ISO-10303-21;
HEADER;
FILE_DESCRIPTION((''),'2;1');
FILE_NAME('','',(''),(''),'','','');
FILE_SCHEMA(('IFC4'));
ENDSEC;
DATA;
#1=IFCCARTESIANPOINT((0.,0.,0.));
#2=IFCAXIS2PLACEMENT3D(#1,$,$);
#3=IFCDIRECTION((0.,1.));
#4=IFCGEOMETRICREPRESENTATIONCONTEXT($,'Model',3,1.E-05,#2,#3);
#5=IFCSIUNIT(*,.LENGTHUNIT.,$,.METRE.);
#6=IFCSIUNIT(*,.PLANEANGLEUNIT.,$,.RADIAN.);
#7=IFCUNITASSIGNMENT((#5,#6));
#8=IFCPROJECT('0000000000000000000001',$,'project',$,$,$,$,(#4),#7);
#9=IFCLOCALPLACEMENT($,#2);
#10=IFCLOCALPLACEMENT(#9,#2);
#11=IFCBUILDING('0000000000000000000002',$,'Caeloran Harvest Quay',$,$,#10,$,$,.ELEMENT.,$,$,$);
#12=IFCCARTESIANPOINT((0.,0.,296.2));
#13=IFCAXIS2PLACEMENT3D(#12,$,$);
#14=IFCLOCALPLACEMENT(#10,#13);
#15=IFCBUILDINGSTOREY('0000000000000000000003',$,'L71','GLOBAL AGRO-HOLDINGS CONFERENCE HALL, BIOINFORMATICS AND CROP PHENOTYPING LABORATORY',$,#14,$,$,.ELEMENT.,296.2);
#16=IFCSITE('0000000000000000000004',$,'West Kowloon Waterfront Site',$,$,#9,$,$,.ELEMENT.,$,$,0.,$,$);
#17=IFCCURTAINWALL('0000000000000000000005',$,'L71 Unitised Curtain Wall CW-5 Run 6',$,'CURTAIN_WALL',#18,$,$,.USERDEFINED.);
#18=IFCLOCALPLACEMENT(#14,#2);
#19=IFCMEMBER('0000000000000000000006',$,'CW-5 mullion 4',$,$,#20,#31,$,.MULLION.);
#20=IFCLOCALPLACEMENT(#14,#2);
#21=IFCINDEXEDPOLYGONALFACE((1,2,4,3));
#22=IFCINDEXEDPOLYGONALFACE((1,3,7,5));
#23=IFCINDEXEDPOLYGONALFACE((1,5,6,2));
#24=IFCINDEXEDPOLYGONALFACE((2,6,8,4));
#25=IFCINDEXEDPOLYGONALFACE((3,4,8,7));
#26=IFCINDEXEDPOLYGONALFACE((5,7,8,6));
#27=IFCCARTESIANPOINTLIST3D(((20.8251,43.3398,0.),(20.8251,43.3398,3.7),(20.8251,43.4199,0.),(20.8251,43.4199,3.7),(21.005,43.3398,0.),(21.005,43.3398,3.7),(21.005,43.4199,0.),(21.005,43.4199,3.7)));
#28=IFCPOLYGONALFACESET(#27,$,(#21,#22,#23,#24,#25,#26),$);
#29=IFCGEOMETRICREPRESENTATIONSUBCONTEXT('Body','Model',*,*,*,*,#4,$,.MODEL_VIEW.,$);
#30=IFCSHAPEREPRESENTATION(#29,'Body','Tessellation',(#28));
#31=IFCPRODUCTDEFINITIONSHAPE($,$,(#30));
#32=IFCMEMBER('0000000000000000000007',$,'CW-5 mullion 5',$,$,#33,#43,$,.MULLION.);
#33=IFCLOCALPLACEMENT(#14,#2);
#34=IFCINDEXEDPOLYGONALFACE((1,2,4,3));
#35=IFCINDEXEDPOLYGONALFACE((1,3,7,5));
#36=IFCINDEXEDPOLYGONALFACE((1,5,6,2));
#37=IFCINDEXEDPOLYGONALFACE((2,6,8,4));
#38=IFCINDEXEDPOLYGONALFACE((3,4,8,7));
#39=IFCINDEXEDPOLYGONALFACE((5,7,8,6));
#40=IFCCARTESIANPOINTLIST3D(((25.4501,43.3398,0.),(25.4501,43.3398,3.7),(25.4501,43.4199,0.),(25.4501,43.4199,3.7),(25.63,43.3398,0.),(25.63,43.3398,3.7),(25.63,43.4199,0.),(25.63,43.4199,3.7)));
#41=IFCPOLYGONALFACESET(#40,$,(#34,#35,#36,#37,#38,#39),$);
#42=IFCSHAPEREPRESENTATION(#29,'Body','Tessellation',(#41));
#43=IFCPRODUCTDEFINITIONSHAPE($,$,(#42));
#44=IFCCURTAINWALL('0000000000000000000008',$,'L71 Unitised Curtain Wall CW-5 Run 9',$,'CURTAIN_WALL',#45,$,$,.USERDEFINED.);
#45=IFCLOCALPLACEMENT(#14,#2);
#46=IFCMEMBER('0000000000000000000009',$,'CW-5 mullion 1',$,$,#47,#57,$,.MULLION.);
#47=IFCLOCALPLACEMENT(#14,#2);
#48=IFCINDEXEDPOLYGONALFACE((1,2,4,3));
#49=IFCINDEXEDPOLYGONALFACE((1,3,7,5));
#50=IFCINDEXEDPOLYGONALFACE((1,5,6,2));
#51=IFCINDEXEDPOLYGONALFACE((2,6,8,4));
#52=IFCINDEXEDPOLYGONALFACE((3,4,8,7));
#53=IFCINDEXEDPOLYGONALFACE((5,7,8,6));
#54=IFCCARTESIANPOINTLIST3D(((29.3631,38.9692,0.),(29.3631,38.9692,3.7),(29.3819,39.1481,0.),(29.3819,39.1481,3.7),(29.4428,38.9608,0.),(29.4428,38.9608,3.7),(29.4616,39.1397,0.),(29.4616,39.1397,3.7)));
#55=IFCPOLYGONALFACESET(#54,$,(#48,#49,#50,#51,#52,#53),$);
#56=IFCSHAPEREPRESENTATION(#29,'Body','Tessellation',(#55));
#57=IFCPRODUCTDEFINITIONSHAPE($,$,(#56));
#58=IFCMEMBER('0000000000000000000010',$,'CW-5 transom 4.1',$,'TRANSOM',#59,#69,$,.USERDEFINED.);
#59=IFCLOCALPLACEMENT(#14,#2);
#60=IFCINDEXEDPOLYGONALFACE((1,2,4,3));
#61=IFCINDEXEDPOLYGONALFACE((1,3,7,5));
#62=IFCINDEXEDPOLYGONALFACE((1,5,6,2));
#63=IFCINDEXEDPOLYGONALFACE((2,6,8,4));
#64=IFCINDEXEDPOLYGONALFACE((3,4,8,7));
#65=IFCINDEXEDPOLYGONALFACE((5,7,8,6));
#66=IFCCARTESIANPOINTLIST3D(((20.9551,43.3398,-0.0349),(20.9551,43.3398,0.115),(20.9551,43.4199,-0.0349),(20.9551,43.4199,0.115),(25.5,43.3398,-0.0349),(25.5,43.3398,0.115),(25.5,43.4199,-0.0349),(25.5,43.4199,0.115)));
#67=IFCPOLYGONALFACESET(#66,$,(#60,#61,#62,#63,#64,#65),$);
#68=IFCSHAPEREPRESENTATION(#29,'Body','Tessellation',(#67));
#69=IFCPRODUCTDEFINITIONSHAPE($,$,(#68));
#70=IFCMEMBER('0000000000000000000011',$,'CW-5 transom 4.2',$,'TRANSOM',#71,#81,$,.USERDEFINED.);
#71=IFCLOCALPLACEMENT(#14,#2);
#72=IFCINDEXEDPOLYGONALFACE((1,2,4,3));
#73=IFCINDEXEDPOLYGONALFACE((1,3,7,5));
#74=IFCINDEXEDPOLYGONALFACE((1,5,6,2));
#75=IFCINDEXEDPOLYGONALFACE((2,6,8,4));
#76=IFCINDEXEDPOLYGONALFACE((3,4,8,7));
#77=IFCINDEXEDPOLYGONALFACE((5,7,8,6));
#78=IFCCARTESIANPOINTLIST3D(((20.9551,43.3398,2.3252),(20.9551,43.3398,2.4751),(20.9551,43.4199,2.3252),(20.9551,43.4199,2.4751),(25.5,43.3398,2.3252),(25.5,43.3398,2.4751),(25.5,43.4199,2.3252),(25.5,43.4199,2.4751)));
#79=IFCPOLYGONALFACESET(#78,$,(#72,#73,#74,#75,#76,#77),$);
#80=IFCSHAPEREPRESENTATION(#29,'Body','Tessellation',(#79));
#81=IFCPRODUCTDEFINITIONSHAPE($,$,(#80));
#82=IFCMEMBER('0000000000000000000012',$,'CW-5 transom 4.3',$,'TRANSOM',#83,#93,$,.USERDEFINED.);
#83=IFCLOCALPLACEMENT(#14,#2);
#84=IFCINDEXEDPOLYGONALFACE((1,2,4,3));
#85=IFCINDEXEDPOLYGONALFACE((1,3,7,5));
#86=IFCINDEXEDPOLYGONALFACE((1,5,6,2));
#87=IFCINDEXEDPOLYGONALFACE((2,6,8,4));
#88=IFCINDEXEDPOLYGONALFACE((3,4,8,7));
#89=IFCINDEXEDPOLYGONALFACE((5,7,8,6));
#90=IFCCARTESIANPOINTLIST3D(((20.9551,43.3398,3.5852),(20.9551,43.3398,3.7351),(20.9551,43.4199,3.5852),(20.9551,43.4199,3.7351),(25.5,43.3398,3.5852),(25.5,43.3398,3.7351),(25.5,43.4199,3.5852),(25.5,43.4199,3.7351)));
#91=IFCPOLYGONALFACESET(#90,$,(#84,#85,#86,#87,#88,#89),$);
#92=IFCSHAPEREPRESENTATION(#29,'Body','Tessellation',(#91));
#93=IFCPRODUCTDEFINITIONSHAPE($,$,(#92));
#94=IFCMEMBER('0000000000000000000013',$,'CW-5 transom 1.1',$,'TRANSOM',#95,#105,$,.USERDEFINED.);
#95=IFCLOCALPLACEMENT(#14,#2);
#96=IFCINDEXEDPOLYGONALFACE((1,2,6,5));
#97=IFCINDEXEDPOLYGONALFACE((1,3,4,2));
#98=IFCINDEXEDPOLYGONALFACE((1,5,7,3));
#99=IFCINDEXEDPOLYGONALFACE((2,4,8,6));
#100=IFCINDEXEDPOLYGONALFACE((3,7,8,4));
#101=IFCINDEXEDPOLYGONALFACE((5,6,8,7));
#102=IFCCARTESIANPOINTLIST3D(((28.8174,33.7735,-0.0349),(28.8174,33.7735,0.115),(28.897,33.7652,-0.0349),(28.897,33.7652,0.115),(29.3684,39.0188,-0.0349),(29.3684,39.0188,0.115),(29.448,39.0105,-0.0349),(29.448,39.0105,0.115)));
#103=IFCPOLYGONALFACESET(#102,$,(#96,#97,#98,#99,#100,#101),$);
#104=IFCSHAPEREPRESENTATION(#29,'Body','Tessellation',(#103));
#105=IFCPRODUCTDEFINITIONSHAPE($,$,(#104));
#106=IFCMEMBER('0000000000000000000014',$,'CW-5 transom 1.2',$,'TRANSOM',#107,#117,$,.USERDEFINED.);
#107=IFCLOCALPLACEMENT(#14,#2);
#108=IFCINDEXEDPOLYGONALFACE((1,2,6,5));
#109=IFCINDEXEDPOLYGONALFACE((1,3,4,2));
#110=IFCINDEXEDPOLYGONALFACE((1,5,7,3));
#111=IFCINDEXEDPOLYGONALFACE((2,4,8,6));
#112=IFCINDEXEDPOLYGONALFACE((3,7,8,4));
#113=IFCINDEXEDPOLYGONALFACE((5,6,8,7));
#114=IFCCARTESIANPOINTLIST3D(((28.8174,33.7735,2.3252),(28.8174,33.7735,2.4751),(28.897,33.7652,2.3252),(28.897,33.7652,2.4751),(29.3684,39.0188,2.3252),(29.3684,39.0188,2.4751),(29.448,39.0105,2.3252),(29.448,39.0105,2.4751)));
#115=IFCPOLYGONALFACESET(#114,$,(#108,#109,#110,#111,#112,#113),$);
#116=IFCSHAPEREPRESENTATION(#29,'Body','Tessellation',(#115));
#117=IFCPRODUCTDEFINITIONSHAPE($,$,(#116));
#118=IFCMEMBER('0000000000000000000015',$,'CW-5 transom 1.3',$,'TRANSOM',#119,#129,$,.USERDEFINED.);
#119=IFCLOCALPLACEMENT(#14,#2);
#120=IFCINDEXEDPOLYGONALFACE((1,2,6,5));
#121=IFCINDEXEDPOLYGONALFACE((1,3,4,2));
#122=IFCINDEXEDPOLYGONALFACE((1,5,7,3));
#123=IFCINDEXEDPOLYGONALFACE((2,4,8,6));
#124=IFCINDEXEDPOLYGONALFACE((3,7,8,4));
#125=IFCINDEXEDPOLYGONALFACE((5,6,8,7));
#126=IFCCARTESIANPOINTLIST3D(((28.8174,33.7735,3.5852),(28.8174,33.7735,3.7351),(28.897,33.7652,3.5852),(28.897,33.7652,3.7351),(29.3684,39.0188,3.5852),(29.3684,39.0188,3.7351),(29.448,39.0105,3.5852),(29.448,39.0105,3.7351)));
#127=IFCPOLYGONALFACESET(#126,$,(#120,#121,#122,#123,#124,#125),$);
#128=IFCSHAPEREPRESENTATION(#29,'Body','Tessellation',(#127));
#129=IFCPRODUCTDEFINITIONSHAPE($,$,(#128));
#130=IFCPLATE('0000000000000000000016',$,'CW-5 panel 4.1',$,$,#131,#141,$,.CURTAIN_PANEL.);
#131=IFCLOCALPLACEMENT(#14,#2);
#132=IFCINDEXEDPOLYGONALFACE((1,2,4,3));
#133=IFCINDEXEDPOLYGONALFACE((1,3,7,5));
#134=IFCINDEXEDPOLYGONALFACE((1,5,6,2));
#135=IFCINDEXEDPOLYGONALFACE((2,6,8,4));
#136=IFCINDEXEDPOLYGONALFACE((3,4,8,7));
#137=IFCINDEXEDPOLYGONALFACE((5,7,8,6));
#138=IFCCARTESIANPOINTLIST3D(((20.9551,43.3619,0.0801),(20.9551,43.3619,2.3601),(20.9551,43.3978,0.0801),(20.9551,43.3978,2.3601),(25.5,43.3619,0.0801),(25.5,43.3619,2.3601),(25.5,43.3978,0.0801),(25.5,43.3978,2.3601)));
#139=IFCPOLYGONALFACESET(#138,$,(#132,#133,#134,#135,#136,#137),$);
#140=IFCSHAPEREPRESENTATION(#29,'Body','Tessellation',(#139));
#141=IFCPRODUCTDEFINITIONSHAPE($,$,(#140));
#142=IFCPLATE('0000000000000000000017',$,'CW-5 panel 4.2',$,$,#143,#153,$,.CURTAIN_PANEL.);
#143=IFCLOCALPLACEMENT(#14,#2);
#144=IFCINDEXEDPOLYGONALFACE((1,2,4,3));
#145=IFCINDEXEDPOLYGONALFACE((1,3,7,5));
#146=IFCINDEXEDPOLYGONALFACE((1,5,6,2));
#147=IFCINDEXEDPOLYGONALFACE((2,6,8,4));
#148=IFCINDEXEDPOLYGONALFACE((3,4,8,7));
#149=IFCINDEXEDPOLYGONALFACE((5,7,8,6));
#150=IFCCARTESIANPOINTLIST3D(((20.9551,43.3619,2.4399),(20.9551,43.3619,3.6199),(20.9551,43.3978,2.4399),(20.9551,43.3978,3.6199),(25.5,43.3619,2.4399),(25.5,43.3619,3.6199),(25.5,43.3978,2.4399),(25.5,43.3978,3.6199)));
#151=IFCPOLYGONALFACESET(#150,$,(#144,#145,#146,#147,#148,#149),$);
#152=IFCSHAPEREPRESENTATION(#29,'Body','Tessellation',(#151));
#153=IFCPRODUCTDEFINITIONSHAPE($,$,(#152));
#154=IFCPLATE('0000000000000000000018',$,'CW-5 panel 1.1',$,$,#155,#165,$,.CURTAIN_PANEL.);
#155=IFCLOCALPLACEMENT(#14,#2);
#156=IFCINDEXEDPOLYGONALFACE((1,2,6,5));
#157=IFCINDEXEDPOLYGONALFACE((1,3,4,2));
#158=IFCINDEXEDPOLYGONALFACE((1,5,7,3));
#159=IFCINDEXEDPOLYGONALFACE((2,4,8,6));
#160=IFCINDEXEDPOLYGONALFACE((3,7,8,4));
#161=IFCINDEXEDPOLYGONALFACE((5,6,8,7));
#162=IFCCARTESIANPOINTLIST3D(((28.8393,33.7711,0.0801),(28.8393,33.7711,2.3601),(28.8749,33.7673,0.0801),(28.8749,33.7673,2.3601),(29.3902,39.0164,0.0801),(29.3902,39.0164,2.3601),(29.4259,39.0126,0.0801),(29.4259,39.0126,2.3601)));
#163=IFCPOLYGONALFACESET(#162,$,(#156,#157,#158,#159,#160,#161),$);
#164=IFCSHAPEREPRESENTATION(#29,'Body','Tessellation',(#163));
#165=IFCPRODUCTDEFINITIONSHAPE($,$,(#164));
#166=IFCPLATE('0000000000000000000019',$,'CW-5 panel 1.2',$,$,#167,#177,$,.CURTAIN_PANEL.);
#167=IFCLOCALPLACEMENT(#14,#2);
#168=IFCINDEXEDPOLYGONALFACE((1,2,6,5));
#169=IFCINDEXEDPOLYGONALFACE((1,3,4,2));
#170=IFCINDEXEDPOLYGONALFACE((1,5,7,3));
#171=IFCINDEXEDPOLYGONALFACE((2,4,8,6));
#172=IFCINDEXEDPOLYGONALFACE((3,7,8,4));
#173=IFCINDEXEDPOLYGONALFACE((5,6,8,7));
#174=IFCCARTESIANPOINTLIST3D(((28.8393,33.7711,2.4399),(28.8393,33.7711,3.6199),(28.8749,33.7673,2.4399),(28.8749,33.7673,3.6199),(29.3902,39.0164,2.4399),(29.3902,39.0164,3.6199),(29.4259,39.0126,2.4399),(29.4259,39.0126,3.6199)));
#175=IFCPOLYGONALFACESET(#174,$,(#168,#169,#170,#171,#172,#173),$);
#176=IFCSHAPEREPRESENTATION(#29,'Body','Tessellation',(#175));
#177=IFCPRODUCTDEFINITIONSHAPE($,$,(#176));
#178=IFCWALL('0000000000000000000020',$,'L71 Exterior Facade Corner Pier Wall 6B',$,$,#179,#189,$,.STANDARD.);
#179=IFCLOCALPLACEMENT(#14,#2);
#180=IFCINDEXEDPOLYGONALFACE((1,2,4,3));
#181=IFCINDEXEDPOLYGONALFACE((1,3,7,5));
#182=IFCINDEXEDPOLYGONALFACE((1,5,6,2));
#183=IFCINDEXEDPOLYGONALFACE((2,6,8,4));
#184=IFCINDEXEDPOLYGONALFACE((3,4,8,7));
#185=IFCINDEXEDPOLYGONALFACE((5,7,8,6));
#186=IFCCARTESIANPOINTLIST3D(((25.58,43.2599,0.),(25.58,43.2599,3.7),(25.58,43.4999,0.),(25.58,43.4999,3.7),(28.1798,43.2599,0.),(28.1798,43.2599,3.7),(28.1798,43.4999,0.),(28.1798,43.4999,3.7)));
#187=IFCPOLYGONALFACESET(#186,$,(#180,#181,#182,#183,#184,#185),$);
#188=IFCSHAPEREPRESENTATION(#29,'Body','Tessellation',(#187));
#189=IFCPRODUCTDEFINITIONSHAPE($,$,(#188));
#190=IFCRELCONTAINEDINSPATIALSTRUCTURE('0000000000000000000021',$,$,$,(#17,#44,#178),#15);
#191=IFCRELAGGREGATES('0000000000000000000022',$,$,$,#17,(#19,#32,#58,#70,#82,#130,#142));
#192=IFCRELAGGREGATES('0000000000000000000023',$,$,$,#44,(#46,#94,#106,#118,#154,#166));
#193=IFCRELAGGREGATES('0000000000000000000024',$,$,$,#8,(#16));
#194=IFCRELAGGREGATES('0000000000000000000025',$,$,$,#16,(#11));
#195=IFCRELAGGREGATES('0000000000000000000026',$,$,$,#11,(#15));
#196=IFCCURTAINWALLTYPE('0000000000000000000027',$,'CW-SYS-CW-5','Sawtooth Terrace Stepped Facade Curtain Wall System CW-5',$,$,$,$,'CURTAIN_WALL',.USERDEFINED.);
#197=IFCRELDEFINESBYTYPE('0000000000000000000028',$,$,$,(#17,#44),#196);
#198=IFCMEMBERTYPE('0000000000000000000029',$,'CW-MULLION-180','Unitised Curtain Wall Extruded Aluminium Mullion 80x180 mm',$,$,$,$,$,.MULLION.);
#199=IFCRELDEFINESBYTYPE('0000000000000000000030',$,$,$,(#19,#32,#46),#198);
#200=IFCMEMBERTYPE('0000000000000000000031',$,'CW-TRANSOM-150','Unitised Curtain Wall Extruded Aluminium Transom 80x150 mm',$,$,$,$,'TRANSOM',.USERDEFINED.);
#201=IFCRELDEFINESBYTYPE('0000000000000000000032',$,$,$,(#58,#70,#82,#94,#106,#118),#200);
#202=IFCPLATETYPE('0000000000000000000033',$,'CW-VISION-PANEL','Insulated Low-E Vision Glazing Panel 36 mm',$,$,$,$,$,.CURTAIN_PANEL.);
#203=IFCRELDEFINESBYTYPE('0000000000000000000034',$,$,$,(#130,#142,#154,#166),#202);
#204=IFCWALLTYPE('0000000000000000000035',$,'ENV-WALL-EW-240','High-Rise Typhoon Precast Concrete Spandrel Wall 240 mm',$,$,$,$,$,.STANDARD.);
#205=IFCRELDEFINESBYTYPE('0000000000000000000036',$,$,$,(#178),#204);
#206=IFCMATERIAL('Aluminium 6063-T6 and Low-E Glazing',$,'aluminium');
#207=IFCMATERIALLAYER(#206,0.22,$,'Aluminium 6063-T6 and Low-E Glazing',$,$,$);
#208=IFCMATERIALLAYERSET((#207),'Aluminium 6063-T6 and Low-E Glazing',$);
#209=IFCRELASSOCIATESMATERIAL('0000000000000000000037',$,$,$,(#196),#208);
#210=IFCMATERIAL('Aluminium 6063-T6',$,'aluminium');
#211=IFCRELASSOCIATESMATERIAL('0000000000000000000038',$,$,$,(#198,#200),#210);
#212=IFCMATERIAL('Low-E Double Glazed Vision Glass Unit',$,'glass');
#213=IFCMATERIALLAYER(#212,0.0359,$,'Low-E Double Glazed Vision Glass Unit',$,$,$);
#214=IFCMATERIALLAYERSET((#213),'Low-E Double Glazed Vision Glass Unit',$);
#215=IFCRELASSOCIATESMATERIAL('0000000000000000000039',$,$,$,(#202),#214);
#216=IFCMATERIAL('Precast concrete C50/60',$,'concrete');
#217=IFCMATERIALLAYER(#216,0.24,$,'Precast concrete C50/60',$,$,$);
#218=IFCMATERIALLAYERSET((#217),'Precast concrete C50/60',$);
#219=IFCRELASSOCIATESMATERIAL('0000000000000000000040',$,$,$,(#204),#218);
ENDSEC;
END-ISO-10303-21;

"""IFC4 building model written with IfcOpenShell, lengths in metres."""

from ifc_helpers import new_model, si_unit, direction, frame, frame_2d, origin, origin_2d, place, context, subcontext, project, spatial, rectangle, extrude, material, layer, layer_set, material_profile, profile_set, type_object, element, aggregate, save


model = new_model("IFC4")

# Units and contexts
model_context = context("Model", 3, precision=1e-05, world=origin(), true_north=direction((0.0, 1.0)))
body_context = subcontext(model_context, "Body", "Model", "MODEL_VIEW")
ifc_project = project(units=[si_unit("LENGTHUNIT", "METRE"), si_unit("PLANEANGLEUNIT", "RADIAN")], contexts=[model_context])

# Site, building, storey
site_placement = place(None, origin())
site = spatial("IfcSite", under=ifc_project, at=site_placement, Name="West Kowloon Waterfront Site", CompositionType="ELEMENT", RefElevation=0.0)
building_placement = place(site_placement, origin())
building = spatial("IfcBuilding", under=site, at=building_placement, Name="Caeloran Harvest Quay", CompositionType="ELEMENT")
storey_placement = place(building_placement, frame((0.0, 0.0, 296.2)))
storey = spatial("IfcBuildingStorey", under=building, at=storey_placement, Name="L71", Description="GLOBAL AGRO-HOLDINGS CONFERENCE HALL, BIOINFORMATICS AND CROP PHENOTYPING LABORATORY", CompositionType="ELEMENT", Elevation=296.2)

# Curtain wall, members
ifc_material_1 = material(Name="Aluminium 6063-T6 and Low-E Glazing", Category="aluminium")
ifc_layer_1 = layer(ifc_material_1, 0.22, Name="Aluminium 6063-T6 and Low-E Glazing")
ifc_layer_set_1 = layer_set([ifc_layer_1], Name="Aluminium 6063-T6 and Low-E Glazing")
curtain_wall_type = type_object("IfcCurtainWallType", Name="CW-SYS-CW-5", Description="Sawtooth Terrace Stepped Facade Curtain Wall System CW-5", ElementType="CURTAIN_WALL", PredefinedType="USERDEFINED", material=ifc_layer_set_1)
curtain_wall_1_placement = place(storey_placement, origin())
curtain_wall_1 = element("IfcCurtainWall", 1, at=curtain_wall_1_placement, inside=storey, type_object=curtain_wall_type, Name="L71 Unitised Curtain Wall CW-5 Run 6", ObjectType="CURTAIN_WALL", PredefinedType="USERDEFINED")
ifc_material_2 = material(Name="Aluminium 6063-T6", Category="aluminium")
ifc_material_profile_1 = material_profile(ifc_material_2, rectangle(XDim=0.0801, YDim=0.1799, at=origin_2d()), Name="CW-MULLION-180")
ifc_profile_set_1 = profile_set([ifc_material_profile_1], Name="Aluminium 6063-T6")
member_type_1 = type_object("IfcMemberType", Name="CW-MULLION-180", Description="Unitised Curtain Wall Extruded Aluminium Mullion 80x180 mm", PredefinedType="MULLION", material=ifc_profile_set_1)
member_1_placement = place(storey_placement, frame((20.915, 43.3799, 0.0), z_axis=(0.0, 0.0, 1.0), x_axis=(0.0, 1.0, 0.0)))
member_1 = element("IfcMember", 2, at=member_1_placement, type_object=member_type_1, Name="CW-5 mullion 4", PredefinedType="MULLION", context=body_context, shape_type="SweptSolid", body=[
    extrude(rectangle(XDim=0.0801, YDim=0.1799, at=origin_2d()), origin(), (0.0, 0.0, 1.0), 3.7),
])
member_2_placement = place(storey_placement, frame((25.54, 43.3799, 0.0), z_axis=(0.0, 0.0, 1.0), x_axis=(0.0, 1.0, 0.0)))
member_2 = element("IfcMember", 3, at=member_2_placement, type_object=member_type_1, Name="CW-5 mullion 5", PredefinedType="MULLION", context=body_context, shape_type="SweptSolid", body=[
    extrude(rectangle(XDim=0.0801, YDim=0.1799, at=origin_2d()), origin(), (0.0, 0.0, 1.0), 3.7),
])

# Curtain wall, member
curtain_wall_2_placement = place(storey_placement, origin())
curtain_wall_2 = element("IfcCurtainWall", 4, at=curtain_wall_2_placement, inside=storey, type_object=curtain_wall_type, Name="L71 Unitised Curtain Wall CW-5 Run 9", ObjectType="CURTAIN_WALL", PredefinedType="USERDEFINED")
member_3_placement = place(storey_placement, frame((29.4124, 39.0544, 0.0), z_axis=(0.0, 0.0, 1.0), x_axis=(0.994529, -0.10446, 0.0)))
member_3 = element("IfcMember", 5, at=member_3_placement, type_object=member_type_1, Name="CW-5 mullion 1", PredefinedType="MULLION", context=body_context, shape_type="SweptSolid", body=[
    extrude(rectangle(XDim=0.0801, YDim=0.1799, at=origin_2d()), origin(), (0.0, 0.0, 1.0), 3.7),
])

# Members
ifc_material_profile_2 = material_profile(ifc_material_2, rectangle(XDim=0.0801, YDim=0.1499, at=origin_2d()), Name="CW-TRANSOM-150")
ifc_profile_set_2 = profile_set([ifc_material_profile_2], Name="Aluminium 6063-T6")
member_type_2 = type_object("IfcMemberType", Name="CW-TRANSOM-150", Description="Unitised Curtain Wall Extruded Aluminium Transom 80x150 mm", ElementType="TRANSOM", PredefinedType="USERDEFINED", material=ifc_profile_set_2)
member_4_placement = place(storey_placement, frame((20.9551, 43.3799, 0.04), z_axis=(1.0, 0.0, 0.0), x_axis=(0.0, 1.0, 0.0)))
member_4 = element("IfcMember", 6, at=member_4_placement, type_object=member_type_2, Name="CW-5 transom 4.1", ObjectType="TRANSOM", PredefinedType="USERDEFINED", context=body_context, shape_type="SweptSolid", body=[
    extrude(rectangle(XDim=0.0801, YDim=0.1499, at=origin_2d()), origin(), (0.0, 0.0, 1.0), 4.5449),
])
member_5_placement = place(storey_placement, frame((20.9551, 43.3799, 2.4001), z_axis=(1.0, 0.0, 0.0), x_axis=(0.0, 1.0, 0.0)))
member_5 = element("IfcMember", 7, at=member_5_placement, type_object=member_type_2, Name="CW-5 transom 4.2", ObjectType="TRANSOM", PredefinedType="USERDEFINED", context=body_context, shape_type="SweptSolid", body=[
    extrude(rectangle(XDim=0.0801, YDim=0.1499, at=origin_2d()), origin(), (0.0, 0.0, 1.0), 4.5449),
])
member_6_placement = place(storey_placement, frame((20.9551, 43.3799, 3.6602), z_axis=(1.0, 0.0, 0.0), x_axis=(0.0, 1.0, 0.0)))
member_6 = element("IfcMember", 8, at=member_6_placement, type_object=member_type_2, Name="CW-5 transom 4.3", ObjectType="TRANSOM", PredefinedType="USERDEFINED", context=body_context, shape_type="SweptSolid", body=[
    extrude(rectangle(XDim=0.0801, YDim=0.1499, at=origin_2d()), origin(), (0.0, 0.0, 1.0), 4.5449),
])
member_7_placement = place(storey_placement, frame((29.4082, 39.0146, 0.04), z_axis=(-0.104475, -0.994527, 0.0), x_axis=(0.994527, -0.104475, 0.0)))
member_7 = element("IfcMember", 9, at=member_7_placement, type_object=member_type_2, Name="CW-5 transom 1.1", ObjectType="TRANSOM", PredefinedType="USERDEFINED", context=body_context, shape_type="SweptSolid", body=[
    extrude(rectangle(XDim=0.0801, YDim=0.1499, at=origin_2d()), origin(), (0.0, 0.0, 1.0), 5.2742),
])
member_8_placement = place(storey_placement, frame((29.4082, 39.0146, 2.4001), z_axis=(-0.104475, -0.994527, 0.0), x_axis=(0.994527, -0.104475, 0.0)))
member_8 = element("IfcMember", 10, at=member_8_placement, type_object=member_type_2, Name="CW-5 transom 1.2", ObjectType="TRANSOM", PredefinedType="USERDEFINED", context=body_context, shape_type="SweptSolid", body=[
    extrude(rectangle(XDim=0.0801, YDim=0.1499, at=origin_2d()), origin(), (0.0, 0.0, 1.0), 5.2742),
])
member_9_placement = place(storey_placement, frame((29.4082, 39.0146, 3.6602), z_axis=(-0.104475, -0.994527, 0.0), x_axis=(0.994527, -0.104475, 0.0)))
member_9 = element("IfcMember", 11, at=member_9_placement, type_object=member_type_2, Name="CW-5 transom 1.3", ObjectType="TRANSOM", PredefinedType="USERDEFINED", context=body_context, shape_type="SweptSolid", body=[
    extrude(rectangle(XDim=0.0801, YDim=0.1499, at=origin_2d()), origin(), (0.0, 0.0, 1.0), 5.2742),
])

# Plates
ifc_material_3 = material(Name="Low-E Double Glazed Vision Glass Unit", Category="glass")
ifc_layer_2 = layer(ifc_material_3, 0.0359, Name="Low-E Double Glazed Vision Glass Unit")
ifc_layer_set_2 = layer_set([ifc_layer_2], Name="Low-E Double Glazed Vision Glass Unit")
plate_type = type_object("IfcPlateType", Name="CW-VISION-PANEL", Description="Insulated Low-E Vision Glazing Panel 36 mm", PredefinedType="CURTAIN_PANEL", material=ifc_layer_set_2)
plate_1_placement = place(storey_placement, frame((23.2275, 43.3799, 0.0801), z_axis=(0.0, 0.0, 1.0), x_axis=(1.0, 0.0, 0.0)))
plate_1 = element("IfcPlate", 12, at=plate_1_placement, type_object=plate_type, Name="CW-5 panel 4.1", PredefinedType="CURTAIN_PANEL", context=body_context, shape_type="SweptSolid", body=[
    extrude(rectangle(XDim=4.5449, YDim=0.0359, at=origin_2d()), origin(), (0.0, 0.0, 1.0), 2.28),
])
plate_2_placement = place(storey_placement, frame((23.2275, 43.3799, 2.4399), z_axis=(0.0, 0.0, 1.0), x_axis=(1.0, 0.0, 0.0)))
plate_2 = element("IfcPlate", 13, at=plate_2_placement, type_object=plate_type, Name="CW-5 panel 4.2", PredefinedType="CURTAIN_PANEL", context=body_context, shape_type="SweptSolid", body=[
    extrude(rectangle(XDim=4.5449, YDim=0.0359, at=origin_2d()), origin(), (0.0, 0.0, 1.0), 1.1799),
])
aggregate(curtain_wall_1, [member_1, member_2, member_4, member_5, member_6, plate_1, plate_2])
plate_3_placement = place(storey_placement, frame((29.1326, 36.3918, 0.0801), z_axis=(0.0, 0.0, 1.0), x_axis=(-0.10446, -0.994529, 0.0)))
plate_3 = element("IfcPlate", 14, at=plate_3_placement, type_object=plate_type, Name="CW-5 panel 1.1", PredefinedType="CURTAIN_PANEL", context=body_context, shape_type="SweptSolid", body=[
    extrude(rectangle(XDim=5.2742, YDim=0.0359, at=origin_2d()), origin(), (0.0, 0.0, 1.0), 2.28),
])
plate_4_placement = place(storey_placement, frame((29.1326, 36.3918, 2.4399), z_axis=(0.0, 0.0, 1.0), x_axis=(-0.10446, -0.994529, 0.0)))
plate_4 = element("IfcPlate", 15, at=plate_4_placement, type_object=plate_type, Name="CW-5 panel 1.2", PredefinedType="CURTAIN_PANEL", context=body_context, shape_type="SweptSolid", body=[
    extrude(rectangle(XDim=5.2742, YDim=0.0359, at=origin_2d()), origin(), (0.0, 0.0, 1.0), 1.1799),
])
aggregate(curtain_wall_2, [member_3, member_7, member_8, member_9, plate_3, plate_4])

# Wall
ifc_material_4 = material(Name="Precast concrete C50/60", Category="concrete")
ifc_layer_3 = layer(ifc_material_4, 0.24, Name="Precast concrete C50/60")
ifc_layer_set_3 = layer_set([ifc_layer_3], Name="Precast concrete C50/60")
wall_type_1 = type_object("IfcWallType", Name="ENV-WALL-EW-240", Description="High-Rise Typhoon Precast Concrete Spandrel Wall 240 mm", PredefinedType="STANDARD", material=ifc_layer_set_3)
wall_1_placement = place(storey_placement, frame((25.5801, 43.3799, 0.0), z_axis=(0.0, 0.0, 1.0), x_axis=(1.0, 0.0, 0.0)))
element("IfcWall", 16, at=wall_1_placement, inside=storey, type_object=wall_type_1, Name="L71 Exterior Facade Corner Pier Wall 6B", PredefinedType="STANDARD", context=body_context, shape_type="SweptSolid", body=[
    extrude(rectangle(XDim=2.5999, YDim=0.24, at=frame_2d((1.2998, 0.0))), origin(), (0.0, 0.0, 1.0), 3.7),
])

save(model, "model.ifc")
